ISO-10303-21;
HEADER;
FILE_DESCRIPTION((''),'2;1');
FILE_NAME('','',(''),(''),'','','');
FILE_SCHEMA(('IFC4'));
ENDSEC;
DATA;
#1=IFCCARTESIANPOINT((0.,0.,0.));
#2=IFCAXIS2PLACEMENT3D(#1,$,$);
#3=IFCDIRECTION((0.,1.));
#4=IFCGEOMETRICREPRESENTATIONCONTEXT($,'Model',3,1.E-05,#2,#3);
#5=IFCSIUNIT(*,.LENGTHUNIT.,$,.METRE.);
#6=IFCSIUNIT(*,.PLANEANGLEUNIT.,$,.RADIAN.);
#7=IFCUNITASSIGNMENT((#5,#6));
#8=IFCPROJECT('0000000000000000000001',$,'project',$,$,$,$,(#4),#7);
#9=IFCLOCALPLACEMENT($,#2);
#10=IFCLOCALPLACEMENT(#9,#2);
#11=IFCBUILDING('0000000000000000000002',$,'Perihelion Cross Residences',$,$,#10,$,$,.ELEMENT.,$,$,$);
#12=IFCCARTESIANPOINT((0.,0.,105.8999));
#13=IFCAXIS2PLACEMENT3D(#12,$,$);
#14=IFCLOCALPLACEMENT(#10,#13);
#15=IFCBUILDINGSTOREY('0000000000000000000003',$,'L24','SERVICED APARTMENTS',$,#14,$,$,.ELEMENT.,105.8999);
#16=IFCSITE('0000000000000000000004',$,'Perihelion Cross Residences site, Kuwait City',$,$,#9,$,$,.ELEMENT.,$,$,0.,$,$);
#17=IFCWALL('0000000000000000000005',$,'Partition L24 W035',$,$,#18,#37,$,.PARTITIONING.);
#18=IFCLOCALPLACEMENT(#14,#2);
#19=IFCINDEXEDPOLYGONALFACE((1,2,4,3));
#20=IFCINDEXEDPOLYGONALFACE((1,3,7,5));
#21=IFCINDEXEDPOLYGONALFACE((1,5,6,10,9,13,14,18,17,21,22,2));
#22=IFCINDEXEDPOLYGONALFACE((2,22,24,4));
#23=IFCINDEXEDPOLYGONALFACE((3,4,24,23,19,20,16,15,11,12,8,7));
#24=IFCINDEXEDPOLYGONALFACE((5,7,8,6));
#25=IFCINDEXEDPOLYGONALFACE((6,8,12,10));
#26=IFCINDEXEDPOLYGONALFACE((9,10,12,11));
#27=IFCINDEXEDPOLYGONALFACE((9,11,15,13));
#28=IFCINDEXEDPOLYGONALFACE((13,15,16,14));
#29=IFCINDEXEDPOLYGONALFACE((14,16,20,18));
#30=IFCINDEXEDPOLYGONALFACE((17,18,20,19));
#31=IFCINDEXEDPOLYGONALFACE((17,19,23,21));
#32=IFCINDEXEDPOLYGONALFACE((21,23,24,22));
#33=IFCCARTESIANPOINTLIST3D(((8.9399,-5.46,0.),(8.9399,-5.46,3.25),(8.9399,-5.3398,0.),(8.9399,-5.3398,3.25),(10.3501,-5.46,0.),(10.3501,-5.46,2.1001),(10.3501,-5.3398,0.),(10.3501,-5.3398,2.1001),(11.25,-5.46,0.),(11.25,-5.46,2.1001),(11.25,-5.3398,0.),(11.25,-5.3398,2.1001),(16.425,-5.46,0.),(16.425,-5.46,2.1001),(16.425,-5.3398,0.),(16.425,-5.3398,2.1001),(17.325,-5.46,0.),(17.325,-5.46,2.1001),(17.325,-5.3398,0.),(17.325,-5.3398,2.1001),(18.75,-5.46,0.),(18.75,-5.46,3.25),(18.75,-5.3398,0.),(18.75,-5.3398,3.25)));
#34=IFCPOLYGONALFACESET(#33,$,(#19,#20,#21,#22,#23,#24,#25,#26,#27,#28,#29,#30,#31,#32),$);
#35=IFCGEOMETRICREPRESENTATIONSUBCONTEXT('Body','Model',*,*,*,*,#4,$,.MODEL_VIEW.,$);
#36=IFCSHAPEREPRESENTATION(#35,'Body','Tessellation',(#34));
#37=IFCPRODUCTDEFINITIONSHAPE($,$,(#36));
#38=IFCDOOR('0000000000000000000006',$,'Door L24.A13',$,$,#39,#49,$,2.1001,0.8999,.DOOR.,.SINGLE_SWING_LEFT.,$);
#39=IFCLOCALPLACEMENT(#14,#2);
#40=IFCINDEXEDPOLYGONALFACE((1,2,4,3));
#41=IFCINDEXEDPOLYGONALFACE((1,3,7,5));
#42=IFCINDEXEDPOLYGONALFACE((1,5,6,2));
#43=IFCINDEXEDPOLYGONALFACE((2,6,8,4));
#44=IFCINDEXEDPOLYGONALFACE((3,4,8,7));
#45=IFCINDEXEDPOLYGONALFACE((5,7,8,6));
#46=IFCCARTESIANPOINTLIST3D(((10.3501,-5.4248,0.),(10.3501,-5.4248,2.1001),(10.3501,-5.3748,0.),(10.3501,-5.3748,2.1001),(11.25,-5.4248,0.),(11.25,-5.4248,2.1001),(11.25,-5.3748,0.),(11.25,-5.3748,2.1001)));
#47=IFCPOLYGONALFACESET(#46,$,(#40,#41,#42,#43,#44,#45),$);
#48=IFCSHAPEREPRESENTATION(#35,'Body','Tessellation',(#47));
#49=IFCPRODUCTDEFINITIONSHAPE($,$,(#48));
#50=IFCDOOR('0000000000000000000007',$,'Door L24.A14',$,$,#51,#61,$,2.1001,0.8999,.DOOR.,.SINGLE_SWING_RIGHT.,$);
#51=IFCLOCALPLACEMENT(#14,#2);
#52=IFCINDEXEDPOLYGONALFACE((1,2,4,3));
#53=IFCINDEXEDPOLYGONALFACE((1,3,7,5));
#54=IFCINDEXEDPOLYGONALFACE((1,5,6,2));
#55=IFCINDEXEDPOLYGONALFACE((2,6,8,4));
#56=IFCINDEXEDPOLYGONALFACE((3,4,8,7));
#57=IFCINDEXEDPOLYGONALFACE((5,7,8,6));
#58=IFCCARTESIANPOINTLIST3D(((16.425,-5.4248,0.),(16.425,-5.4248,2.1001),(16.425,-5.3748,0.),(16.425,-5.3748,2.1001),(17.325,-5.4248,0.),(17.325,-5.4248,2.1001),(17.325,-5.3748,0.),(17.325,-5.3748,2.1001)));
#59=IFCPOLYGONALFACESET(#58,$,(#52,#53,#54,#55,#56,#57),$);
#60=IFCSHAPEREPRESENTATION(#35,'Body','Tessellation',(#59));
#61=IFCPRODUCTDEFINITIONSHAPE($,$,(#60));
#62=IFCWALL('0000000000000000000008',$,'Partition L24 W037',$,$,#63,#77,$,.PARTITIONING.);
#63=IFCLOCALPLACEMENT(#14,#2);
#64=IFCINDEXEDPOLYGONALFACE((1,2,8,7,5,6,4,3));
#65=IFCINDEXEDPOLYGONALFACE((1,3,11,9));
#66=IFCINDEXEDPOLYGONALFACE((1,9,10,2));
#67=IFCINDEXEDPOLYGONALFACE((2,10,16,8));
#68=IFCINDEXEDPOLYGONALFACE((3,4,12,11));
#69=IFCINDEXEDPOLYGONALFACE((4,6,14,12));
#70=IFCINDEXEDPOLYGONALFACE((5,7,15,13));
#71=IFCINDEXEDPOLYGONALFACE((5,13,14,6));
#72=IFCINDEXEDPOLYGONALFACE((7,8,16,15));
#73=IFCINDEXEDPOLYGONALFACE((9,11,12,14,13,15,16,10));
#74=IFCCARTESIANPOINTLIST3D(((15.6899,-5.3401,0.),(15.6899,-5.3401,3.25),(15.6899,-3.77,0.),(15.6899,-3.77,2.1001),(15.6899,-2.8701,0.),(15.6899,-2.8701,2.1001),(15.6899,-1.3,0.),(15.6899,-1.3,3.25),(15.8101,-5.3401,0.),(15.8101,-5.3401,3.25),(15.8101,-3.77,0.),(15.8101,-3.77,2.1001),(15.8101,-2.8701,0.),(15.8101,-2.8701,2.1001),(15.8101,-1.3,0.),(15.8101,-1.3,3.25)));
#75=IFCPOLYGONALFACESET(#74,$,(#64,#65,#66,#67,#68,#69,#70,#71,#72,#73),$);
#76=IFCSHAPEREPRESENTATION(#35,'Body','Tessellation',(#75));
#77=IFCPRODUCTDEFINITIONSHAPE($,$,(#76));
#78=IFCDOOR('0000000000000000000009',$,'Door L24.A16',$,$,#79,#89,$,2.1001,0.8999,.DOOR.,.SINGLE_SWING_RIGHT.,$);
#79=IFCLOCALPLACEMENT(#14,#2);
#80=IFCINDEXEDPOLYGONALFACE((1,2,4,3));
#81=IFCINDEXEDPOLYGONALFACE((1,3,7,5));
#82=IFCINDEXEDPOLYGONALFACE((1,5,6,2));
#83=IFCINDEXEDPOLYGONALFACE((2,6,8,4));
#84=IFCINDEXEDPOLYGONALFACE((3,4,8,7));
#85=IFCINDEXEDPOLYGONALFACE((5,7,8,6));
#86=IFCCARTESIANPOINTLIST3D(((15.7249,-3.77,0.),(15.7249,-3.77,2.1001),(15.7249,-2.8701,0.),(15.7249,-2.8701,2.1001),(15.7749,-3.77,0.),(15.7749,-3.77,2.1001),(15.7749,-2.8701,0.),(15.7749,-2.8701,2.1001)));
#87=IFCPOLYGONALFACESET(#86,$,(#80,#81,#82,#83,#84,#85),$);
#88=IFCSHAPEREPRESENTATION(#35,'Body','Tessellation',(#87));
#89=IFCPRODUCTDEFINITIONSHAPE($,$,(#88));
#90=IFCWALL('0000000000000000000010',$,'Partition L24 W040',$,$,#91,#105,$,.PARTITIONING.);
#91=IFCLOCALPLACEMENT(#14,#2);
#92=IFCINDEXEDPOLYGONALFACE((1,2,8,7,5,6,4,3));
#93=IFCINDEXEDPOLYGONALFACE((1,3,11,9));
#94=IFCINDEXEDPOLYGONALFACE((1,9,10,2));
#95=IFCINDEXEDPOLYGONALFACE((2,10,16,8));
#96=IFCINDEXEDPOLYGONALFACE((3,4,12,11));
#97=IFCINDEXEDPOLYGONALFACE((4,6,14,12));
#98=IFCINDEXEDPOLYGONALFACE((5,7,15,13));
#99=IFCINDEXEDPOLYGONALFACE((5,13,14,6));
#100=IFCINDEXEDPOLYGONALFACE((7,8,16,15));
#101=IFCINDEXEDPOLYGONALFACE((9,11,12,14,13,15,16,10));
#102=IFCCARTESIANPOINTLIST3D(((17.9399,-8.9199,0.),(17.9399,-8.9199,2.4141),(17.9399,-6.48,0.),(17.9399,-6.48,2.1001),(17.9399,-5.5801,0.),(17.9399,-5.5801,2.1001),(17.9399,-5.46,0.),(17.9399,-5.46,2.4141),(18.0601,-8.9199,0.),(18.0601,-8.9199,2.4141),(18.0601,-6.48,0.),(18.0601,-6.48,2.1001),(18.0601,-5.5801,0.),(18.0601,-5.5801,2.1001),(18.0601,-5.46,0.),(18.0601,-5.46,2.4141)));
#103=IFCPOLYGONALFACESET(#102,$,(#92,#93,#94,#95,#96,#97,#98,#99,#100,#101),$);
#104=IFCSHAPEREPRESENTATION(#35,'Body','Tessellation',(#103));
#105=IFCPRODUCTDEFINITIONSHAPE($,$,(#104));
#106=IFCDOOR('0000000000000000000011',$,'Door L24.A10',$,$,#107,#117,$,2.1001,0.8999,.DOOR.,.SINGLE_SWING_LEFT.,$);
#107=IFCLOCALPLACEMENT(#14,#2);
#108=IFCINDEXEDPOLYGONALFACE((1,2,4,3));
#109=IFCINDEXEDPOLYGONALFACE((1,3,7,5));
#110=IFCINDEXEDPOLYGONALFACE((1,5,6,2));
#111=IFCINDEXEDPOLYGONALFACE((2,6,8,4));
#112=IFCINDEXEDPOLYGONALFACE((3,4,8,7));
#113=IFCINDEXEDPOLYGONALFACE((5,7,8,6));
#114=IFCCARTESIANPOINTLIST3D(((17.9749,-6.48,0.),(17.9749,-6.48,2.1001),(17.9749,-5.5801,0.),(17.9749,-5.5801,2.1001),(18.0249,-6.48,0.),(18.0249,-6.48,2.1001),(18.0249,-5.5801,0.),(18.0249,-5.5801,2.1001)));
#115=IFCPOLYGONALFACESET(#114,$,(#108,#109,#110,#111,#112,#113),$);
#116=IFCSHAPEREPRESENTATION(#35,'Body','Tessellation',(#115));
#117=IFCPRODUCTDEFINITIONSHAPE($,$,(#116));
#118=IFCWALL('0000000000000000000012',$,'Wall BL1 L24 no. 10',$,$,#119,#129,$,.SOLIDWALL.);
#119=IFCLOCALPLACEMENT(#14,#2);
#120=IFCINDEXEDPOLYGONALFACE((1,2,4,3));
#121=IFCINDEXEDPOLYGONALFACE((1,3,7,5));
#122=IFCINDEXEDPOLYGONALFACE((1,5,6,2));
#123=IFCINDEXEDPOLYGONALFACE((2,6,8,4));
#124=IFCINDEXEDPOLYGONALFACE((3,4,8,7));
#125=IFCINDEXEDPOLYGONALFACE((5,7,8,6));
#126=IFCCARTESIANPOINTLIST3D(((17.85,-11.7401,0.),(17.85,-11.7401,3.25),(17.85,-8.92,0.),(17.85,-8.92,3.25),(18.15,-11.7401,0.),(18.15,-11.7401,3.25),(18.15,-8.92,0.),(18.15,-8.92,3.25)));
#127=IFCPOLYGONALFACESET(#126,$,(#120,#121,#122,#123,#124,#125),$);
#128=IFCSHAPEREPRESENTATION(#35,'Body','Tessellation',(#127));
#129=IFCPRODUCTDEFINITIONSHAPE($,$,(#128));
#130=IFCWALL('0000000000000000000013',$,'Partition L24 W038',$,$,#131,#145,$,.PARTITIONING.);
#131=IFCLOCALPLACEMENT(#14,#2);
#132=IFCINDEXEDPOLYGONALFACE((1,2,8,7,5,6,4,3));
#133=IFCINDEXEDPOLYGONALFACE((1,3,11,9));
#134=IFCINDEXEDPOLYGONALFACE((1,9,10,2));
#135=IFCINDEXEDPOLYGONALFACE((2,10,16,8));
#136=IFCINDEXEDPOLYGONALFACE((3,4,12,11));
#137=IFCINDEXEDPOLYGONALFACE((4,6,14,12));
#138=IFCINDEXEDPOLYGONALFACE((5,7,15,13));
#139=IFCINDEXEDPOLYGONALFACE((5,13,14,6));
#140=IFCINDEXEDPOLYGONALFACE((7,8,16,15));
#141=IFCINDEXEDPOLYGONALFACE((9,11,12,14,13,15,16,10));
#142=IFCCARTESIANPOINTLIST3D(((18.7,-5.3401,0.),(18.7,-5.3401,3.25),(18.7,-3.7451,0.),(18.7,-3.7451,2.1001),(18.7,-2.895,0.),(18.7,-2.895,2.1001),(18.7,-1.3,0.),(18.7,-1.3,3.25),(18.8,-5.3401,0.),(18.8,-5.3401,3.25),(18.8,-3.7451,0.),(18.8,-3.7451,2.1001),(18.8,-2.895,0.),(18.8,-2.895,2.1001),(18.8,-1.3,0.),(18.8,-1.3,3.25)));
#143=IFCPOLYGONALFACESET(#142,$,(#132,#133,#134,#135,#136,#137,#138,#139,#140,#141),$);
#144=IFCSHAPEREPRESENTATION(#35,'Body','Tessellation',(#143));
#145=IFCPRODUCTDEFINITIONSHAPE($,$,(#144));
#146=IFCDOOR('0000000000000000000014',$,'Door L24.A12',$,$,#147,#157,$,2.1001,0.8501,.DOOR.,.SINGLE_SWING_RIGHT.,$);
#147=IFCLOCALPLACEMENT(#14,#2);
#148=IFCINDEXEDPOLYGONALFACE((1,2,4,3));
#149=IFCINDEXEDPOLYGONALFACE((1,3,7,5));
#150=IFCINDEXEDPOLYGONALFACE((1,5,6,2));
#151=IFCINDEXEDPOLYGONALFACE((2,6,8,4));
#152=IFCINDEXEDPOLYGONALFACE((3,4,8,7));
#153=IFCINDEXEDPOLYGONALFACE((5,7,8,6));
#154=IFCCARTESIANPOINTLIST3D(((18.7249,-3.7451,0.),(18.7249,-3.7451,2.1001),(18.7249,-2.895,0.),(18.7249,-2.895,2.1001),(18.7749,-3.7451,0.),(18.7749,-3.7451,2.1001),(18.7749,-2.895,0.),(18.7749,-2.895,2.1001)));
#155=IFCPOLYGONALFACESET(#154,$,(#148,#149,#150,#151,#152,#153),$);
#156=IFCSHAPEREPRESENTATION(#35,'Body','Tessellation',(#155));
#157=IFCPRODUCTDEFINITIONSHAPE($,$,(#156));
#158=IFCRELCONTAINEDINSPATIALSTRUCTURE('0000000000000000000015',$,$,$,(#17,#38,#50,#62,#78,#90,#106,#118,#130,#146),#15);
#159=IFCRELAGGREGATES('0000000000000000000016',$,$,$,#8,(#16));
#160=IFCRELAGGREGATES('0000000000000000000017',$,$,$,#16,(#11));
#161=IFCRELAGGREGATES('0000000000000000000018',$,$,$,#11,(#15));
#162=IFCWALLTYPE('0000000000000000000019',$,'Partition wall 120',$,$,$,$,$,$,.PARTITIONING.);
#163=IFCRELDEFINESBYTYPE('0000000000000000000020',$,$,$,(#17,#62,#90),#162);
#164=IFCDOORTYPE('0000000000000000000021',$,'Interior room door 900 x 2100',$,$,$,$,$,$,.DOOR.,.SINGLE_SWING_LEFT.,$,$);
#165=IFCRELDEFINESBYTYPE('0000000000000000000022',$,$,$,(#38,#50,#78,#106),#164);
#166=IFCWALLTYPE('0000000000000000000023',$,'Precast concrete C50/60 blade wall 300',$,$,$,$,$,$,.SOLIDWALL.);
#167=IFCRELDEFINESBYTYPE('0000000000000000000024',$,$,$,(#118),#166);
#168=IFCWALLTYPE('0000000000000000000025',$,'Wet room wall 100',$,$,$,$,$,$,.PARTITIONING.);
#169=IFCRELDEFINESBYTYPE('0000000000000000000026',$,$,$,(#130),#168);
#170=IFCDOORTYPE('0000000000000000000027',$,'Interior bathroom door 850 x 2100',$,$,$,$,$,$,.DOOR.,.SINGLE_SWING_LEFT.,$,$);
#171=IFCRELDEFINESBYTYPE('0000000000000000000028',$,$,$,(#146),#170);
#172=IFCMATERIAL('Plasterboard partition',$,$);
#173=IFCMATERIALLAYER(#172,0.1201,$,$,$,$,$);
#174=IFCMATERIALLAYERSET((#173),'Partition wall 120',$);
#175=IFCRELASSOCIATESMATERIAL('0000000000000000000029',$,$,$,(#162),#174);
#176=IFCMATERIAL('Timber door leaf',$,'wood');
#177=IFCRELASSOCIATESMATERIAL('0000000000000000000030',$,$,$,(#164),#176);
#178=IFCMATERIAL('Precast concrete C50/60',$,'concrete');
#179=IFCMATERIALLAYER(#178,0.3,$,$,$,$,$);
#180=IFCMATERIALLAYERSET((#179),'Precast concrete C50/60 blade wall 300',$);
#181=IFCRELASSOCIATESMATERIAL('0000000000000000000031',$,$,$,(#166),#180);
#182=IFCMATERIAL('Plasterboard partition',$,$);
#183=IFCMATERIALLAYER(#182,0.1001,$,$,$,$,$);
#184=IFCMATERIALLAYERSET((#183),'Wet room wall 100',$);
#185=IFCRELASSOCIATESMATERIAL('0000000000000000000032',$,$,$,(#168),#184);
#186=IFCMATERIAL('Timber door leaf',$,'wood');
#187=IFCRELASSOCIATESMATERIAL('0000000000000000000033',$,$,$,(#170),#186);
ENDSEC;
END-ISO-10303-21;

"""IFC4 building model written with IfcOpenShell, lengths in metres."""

from ifc_helpers import new_model, si_unit, direction, frame, frame_2d, origin, place, context, subcontext, project, spatial, rectangle, extrude, material, layer, layer_set, type_object, element, fill, save


model = new_model("IFC4")

# Units and contexts
model_context = context("Model", 3, precision=1e-05, world=origin(), true_north=direction((0.0, 1.0)))
body_context = subcontext(model_context, "Body", "Model", "MODEL_VIEW")
ifc_project = project(units=[si_unit("LENGTHUNIT", "METRE"), si_unit("PLANEANGLEUNIT", "RADIAN")], contexts=[model_context])

# Site, building, storey
site_placement = place(None, origin())
site = spatial("IfcSite", under=ifc_project, at=site_placement, Name="Perihelion Cross Residences site, Kuwait City", CompositionType="ELEMENT", RefElevation=0.0)
building_placement = place(site_placement, origin())
building = spatial("IfcBuilding", under=site, at=building_placement, Name="Perihelion Cross Residences", CompositionType="ELEMENT")
storey_placement = place(building_placement, frame((0.0, 0.0, 105.8999)))
storey = spatial("IfcBuildingStorey", under=building, at=storey_placement, Name="L24", Description="SERVICED APARTMENTS", CompositionType="ELEMENT", Elevation=105.8999)

# Shared definitions
ifc_material_1 = material(Name="Plasterboard partition")
ifc_layer_1 = layer(ifc_material_1, 0.1201)
ifc_layer_set_1 = layer_set([ifc_layer_1], Name="Partition wall 120")
wall_type_1 = type_object("IfcWallType", Name="Partition wall 120", PredefinedType="PARTITIONING", material=ifc_layer_set_1)

# Wall, openings, doors
wall_1_placement = place(storey_placement, frame((18.75, -5.3999, 0.0), z_axis=(0.0, 0.0, 1.0), x_axis=(-1.0, 0.0, 0.0)))
wall_1 = element("IfcWall", 1, at=wall_1_placement, inside=storey, type_object=wall_type_1, Name="Partition L24 W035", PredefinedType="PARTITIONING", context=body_context, shape_type="SweptSolid", body=[
    extrude(rectangle(XDim=9.8101, YDim=0.1201, at=frame_2d((4.905, 0.0))), origin(), (0.0, 0.0, 1.0), 3.25),
])
opening_1_placement = place(wall_1_placement, frame((7.5, 0.0, 0.0)))
opening_1 = element("IfcOpeningElement", 2, at=opening_1_placement, cuts=wall_1, PredefinedType="OPENING", context=body_context, shape_type="SweptSolid", body=[
    extrude(rectangle(XDim=0.8999, YDim=2.1001, at=frame_2d((0.45, 1.05))), frame((0.0, 0.0701, 0.0), z_axis=(0.0, -1.0, 0.0), x_axis=(1.0, 0.0, 0.0)), (0.0, 0.0, 1.0), 0.1401),
])
opening_2_placement = place(wall_1_placement, frame((1.425, 0.0, 0.0)))
opening_2 = element("IfcOpeningElement", 3, at=opening_2_placement, cuts=wall_1, PredefinedType="OPENING", context=body_context, shape_type="SweptSolid", body=[
    extrude(rectangle(XDim=0.8999, YDim=2.1001, at=frame_2d((0.45, 1.05))), frame((0.0, 0.0701, 0.0), z_axis=(0.0, -1.0, 0.0), x_axis=(1.0, 0.0, 0.0)), (0.0, 0.0, 1.0), 0.1401),
])
ifc_material_2 = material(Name="Timber door leaf", Category="wood")
door_type_1 = type_object("IfcDoorType", Name="Interior room door 900 x 2100", OperationType="SINGLE_SWING_LEFT", PredefinedType="DOOR", material=ifc_material_2)
door_1_placement = place(opening_1_placement, origin())
door_1 = element("IfcDoor", 4, at=door_1_placement, inside=storey, type_object=door_type_1, Name="Door L24.A13", OperationType="SINGLE_SWING_LEFT", OverallHeight=2.1001, OverallWidth=0.8999, PredefinedType="DOOR", context=body_context, shape_type="SweptSolid", body=[
    extrude(rectangle(XDim=0.8999, YDim=2.1001, at=frame_2d((0.45, 1.05))), frame((0.0, 0.0249, 0.0), z_axis=(0.0, -1.0, 0.0), x_axis=(1.0, 0.0, 0.0)), (0.0, 0.0, 1.0), 0.05),
])
fill(opening_1, door_1)
door_2_placement = place(opening_2_placement, origin())
door_2 = element("IfcDoor", 5, at=door_2_placement, inside=storey, type_object=door_type_1, Name="Door L24.A14", OperationType="SINGLE_SWING_RIGHT", OverallHeight=2.1001, OverallWidth=0.8999, PredefinedType="DOOR", context=body_context, shape_type="SweptSolid", body=[
    extrude(rectangle(XDim=0.8999, YDim=2.1001, at=frame_2d((0.45, 1.05))), frame((0.0, 0.0249, 0.0), z_axis=(0.0, -1.0, 0.0), x_axis=(1.0, 0.0, 0.0)), (0.0, 0.0, 1.0), 0.05),
])
fill(opening_2, door_2)

# Walls, openings, doors
wall_2_placement = place(storey_placement, frame((15.75, -1.3, 0.0), z_axis=(0.0, 0.0, 1.0), x_axis=(0.0, -1.0, 0.0)))
wall_2 = element("IfcWall", 6, at=wall_2_placement, inside=storey, type_object=wall_type_1, Name="Partition L24 W037", PredefinedType="PARTITIONING", context=body_context, shape_type="SweptSolid", body=[
    extrude(rectangle(XDim=4.04, YDim=0.1201, at=frame_2d((2.02, 0.0))), origin(), (0.0, 0.0, 1.0), 3.25),
])
opening_3_placement = place(wall_2_placement, frame((1.5701, 0.0, 0.0)))
opening_3 = element("IfcOpeningElement", 7, at=opening_3_placement, cuts=wall_2, PredefinedType="OPENING", context=body_context, shape_type="SweptSolid", body=[
    extrude(rectangle(XDim=0.8999, YDim=2.1001, at=frame_2d((0.45, 1.05))), frame((0.0, 0.0701, 0.0), z_axis=(0.0, -1.0, 0.0), x_axis=(1.0, 0.0, 0.0)), (0.0, 0.0, 1.0), 0.1401),
])
door_3_placement = place(opening_3_placement, origin())
door_3 = element("IfcDoor", 8, at=door_3_placement, inside=storey, type_object=door_type_1, Name="Door L24.A16", OperationType="SINGLE_SWING_RIGHT", OverallHeight=2.1001, OverallWidth=0.8999, PredefinedType="DOOR", context=body_context, shape_type="SweptSolid", body=[
    extrude(rectangle(XDim=0.8999, YDim=2.1001, at=frame_2d((0.45, 1.05))), frame((0.0, 0.0249, 0.0), z_axis=(0.0, -1.0, 0.0), x_axis=(1.0, 0.0, 0.0)), (0.0, 0.0, 1.0), 0.05),
])
fill(opening_3, door_3)
wall_3_placement = place(storey_placement, frame((18.0, -5.46, 0.0), z_axis=(0.0, 0.0, 1.0), x_axis=(0.0, -1.0, 0.0)))
wall_3 = element("IfcWall", 9, at=wall_3_placement, inside=storey, type_object=wall_type_1, Name="Partition L24 W040", PredefinedType="PARTITIONING", context=body_context, shape_type="SweptSolid", body=[
    extrude(rectangle(XDim=3.46, YDim=0.1201, at=frame_2d((1.73, 0.0))), origin(), (0.0, 0.0, 1.0), 2.4141),
])
opening_4_placement = place(wall_3_placement, frame((0.1201, 0.0, 0.0)))
opening_4 = element("IfcOpeningElement", 10, at=opening_4_placement, cuts=wall_3, PredefinedType="OPENING", context=body_context, shape_type="SweptSolid", body=[
    extrude(rectangle(XDim=0.8999, YDim=2.1001, at=frame_2d((0.45, 1.05))), frame((0.0, 0.0701, 0.0), z_axis=(0.0, -1.0, 0.0), x_axis=(1.0, 0.0, 0.0)), (0.0, 0.0, 1.0), 0.1401),
])
door_4_placement = place(opening_4_placement, origin())
door_4 = element("IfcDoor", 11, at=door_4_placement, inside=storey, type_object=door_type_1, Name="Door L24.A10", OperationType="SINGLE_SWING_LEFT", OverallHeight=2.1001, OverallWidth=0.8999, PredefinedType="DOOR", context=body_context, shape_type="SweptSolid", body=[
    extrude(rectangle(XDim=0.8999, YDim=2.1001, at=frame_2d((0.45, 1.05))), frame((0.0, 0.0249, 0.0), z_axis=(0.0, -1.0, 0.0), x_axis=(1.0, 0.0, 0.0)), (0.0, 0.0, 1.0), 0.05),
])
fill(opening_4, door_4)

# Wall
ifc_material_3 = material(Name="Precast concrete C50/60", Category="concrete")
ifc_layer_2 = layer(ifc_material_3, 0.3)
ifc_layer_set_2 = layer_set([ifc_layer_2], Name="Precast concrete C50/60 blade wall 300")
wall_type_2 = type_object("IfcWallType", Name="Precast concrete C50/60 blade wall 300", PredefinedType="SOLIDWALL", material=ifc_layer_set_2)
wall_4_placement = place(storey_placement, frame((18.0, -8.9199, 0.0), z_axis=(0.0, 0.0, 1.0), x_axis=(0.0, -1.0, 0.0)))
element("IfcWall", 12, at=wall_4_placement, inside=storey, type_object=wall_type_2, Name="Wall BL1 L24 no. 10", PredefinedType="SOLIDWALL", context=body_context, shape_type="SweptSolid", body=[
    extrude(rectangle(XDim=2.8201, YDim=0.3, at=frame_2d((1.4102, 0.0))), origin(), (0.0, 0.0, 1.0), 3.25),
])

# Wall, opening, door
ifc_material_4 = material(Name="Plasterboard partition")
ifc_layer_3 = layer(ifc_material_4, 0.1001)
ifc_layer_set_3 = layer_set([ifc_layer_3], Name="Wet room wall 100")
wall_type_3 = type_object("IfcWallType", Name="Wet room wall 100", PredefinedType="PARTITIONING", material=ifc_layer_set_3)
wall_5_placement = place(storey_placement, frame((18.75, -1.3, 0.0), z_axis=(0.0, 0.0, 1.0), x_axis=(0.0, -1.0, 0.0)))
wall_5 = element("IfcWall", 13, at=wall_5_placement, inside=storey, type_object=wall_type_3, Name="Partition L24 W038", PredefinedType="PARTITIONING", context=body_context, shape_type="SweptSolid", body=[
    extrude(rectangle(XDim=4.04, YDim=0.1001, at=frame_2d((2.02, 0.0))), origin(), (0.0, 0.0, 1.0), 3.25),
])
opening_5_placement = place(wall_5_placement, frame((1.595, 0.0, 0.0)))
opening_5 = element("IfcOpeningElement", 14, at=opening_5_placement, cuts=wall_5, PredefinedType="OPENING", context=body_context, shape_type="SweptSolid", body=[
    extrude(rectangle(XDim=0.8501, YDim=2.1001, at=frame_2d((0.425, 1.05))), frame((0.0, 0.0601, 0.0), z_axis=(0.0, -1.0, 0.0), x_axis=(1.0, 0.0, 0.0)), (0.0, 0.0, 1.0), 0.1201),
])
ifc_material_5 = material(Name="Timber door leaf", Category="wood")
door_type_2 = type_object("IfcDoorType", Name="Interior bathroom door 850 x 2100", OperationType="SINGLE_SWING_LEFT", PredefinedType="DOOR", material=ifc_material_5)
door_5_placement = place(opening_5_placement, origin())
door_5 = element("IfcDoor", 15, at=door_5_placement, inside=storey, type_object=door_type_2, Name="Door L24.A12", OperationType="SINGLE_SWING_RIGHT", OverallHeight=2.1001, OverallWidth=0.8501, PredefinedType="DOOR", context=body_context, shape_type="SweptSolid", body=[
    extrude(rectangle(XDim=0.8501, YDim=2.1001, at=frame_2d((0.425, 1.05))), frame((0.0, 0.0249, 0.0), z_axis=(0.0, -1.0, 0.0), x_axis=(1.0, 0.0, 0.0)), (0.0, 0.0, 1.0), 0.05),
])
fill(opening_5, door_5)

save(model, "model.ifc")
